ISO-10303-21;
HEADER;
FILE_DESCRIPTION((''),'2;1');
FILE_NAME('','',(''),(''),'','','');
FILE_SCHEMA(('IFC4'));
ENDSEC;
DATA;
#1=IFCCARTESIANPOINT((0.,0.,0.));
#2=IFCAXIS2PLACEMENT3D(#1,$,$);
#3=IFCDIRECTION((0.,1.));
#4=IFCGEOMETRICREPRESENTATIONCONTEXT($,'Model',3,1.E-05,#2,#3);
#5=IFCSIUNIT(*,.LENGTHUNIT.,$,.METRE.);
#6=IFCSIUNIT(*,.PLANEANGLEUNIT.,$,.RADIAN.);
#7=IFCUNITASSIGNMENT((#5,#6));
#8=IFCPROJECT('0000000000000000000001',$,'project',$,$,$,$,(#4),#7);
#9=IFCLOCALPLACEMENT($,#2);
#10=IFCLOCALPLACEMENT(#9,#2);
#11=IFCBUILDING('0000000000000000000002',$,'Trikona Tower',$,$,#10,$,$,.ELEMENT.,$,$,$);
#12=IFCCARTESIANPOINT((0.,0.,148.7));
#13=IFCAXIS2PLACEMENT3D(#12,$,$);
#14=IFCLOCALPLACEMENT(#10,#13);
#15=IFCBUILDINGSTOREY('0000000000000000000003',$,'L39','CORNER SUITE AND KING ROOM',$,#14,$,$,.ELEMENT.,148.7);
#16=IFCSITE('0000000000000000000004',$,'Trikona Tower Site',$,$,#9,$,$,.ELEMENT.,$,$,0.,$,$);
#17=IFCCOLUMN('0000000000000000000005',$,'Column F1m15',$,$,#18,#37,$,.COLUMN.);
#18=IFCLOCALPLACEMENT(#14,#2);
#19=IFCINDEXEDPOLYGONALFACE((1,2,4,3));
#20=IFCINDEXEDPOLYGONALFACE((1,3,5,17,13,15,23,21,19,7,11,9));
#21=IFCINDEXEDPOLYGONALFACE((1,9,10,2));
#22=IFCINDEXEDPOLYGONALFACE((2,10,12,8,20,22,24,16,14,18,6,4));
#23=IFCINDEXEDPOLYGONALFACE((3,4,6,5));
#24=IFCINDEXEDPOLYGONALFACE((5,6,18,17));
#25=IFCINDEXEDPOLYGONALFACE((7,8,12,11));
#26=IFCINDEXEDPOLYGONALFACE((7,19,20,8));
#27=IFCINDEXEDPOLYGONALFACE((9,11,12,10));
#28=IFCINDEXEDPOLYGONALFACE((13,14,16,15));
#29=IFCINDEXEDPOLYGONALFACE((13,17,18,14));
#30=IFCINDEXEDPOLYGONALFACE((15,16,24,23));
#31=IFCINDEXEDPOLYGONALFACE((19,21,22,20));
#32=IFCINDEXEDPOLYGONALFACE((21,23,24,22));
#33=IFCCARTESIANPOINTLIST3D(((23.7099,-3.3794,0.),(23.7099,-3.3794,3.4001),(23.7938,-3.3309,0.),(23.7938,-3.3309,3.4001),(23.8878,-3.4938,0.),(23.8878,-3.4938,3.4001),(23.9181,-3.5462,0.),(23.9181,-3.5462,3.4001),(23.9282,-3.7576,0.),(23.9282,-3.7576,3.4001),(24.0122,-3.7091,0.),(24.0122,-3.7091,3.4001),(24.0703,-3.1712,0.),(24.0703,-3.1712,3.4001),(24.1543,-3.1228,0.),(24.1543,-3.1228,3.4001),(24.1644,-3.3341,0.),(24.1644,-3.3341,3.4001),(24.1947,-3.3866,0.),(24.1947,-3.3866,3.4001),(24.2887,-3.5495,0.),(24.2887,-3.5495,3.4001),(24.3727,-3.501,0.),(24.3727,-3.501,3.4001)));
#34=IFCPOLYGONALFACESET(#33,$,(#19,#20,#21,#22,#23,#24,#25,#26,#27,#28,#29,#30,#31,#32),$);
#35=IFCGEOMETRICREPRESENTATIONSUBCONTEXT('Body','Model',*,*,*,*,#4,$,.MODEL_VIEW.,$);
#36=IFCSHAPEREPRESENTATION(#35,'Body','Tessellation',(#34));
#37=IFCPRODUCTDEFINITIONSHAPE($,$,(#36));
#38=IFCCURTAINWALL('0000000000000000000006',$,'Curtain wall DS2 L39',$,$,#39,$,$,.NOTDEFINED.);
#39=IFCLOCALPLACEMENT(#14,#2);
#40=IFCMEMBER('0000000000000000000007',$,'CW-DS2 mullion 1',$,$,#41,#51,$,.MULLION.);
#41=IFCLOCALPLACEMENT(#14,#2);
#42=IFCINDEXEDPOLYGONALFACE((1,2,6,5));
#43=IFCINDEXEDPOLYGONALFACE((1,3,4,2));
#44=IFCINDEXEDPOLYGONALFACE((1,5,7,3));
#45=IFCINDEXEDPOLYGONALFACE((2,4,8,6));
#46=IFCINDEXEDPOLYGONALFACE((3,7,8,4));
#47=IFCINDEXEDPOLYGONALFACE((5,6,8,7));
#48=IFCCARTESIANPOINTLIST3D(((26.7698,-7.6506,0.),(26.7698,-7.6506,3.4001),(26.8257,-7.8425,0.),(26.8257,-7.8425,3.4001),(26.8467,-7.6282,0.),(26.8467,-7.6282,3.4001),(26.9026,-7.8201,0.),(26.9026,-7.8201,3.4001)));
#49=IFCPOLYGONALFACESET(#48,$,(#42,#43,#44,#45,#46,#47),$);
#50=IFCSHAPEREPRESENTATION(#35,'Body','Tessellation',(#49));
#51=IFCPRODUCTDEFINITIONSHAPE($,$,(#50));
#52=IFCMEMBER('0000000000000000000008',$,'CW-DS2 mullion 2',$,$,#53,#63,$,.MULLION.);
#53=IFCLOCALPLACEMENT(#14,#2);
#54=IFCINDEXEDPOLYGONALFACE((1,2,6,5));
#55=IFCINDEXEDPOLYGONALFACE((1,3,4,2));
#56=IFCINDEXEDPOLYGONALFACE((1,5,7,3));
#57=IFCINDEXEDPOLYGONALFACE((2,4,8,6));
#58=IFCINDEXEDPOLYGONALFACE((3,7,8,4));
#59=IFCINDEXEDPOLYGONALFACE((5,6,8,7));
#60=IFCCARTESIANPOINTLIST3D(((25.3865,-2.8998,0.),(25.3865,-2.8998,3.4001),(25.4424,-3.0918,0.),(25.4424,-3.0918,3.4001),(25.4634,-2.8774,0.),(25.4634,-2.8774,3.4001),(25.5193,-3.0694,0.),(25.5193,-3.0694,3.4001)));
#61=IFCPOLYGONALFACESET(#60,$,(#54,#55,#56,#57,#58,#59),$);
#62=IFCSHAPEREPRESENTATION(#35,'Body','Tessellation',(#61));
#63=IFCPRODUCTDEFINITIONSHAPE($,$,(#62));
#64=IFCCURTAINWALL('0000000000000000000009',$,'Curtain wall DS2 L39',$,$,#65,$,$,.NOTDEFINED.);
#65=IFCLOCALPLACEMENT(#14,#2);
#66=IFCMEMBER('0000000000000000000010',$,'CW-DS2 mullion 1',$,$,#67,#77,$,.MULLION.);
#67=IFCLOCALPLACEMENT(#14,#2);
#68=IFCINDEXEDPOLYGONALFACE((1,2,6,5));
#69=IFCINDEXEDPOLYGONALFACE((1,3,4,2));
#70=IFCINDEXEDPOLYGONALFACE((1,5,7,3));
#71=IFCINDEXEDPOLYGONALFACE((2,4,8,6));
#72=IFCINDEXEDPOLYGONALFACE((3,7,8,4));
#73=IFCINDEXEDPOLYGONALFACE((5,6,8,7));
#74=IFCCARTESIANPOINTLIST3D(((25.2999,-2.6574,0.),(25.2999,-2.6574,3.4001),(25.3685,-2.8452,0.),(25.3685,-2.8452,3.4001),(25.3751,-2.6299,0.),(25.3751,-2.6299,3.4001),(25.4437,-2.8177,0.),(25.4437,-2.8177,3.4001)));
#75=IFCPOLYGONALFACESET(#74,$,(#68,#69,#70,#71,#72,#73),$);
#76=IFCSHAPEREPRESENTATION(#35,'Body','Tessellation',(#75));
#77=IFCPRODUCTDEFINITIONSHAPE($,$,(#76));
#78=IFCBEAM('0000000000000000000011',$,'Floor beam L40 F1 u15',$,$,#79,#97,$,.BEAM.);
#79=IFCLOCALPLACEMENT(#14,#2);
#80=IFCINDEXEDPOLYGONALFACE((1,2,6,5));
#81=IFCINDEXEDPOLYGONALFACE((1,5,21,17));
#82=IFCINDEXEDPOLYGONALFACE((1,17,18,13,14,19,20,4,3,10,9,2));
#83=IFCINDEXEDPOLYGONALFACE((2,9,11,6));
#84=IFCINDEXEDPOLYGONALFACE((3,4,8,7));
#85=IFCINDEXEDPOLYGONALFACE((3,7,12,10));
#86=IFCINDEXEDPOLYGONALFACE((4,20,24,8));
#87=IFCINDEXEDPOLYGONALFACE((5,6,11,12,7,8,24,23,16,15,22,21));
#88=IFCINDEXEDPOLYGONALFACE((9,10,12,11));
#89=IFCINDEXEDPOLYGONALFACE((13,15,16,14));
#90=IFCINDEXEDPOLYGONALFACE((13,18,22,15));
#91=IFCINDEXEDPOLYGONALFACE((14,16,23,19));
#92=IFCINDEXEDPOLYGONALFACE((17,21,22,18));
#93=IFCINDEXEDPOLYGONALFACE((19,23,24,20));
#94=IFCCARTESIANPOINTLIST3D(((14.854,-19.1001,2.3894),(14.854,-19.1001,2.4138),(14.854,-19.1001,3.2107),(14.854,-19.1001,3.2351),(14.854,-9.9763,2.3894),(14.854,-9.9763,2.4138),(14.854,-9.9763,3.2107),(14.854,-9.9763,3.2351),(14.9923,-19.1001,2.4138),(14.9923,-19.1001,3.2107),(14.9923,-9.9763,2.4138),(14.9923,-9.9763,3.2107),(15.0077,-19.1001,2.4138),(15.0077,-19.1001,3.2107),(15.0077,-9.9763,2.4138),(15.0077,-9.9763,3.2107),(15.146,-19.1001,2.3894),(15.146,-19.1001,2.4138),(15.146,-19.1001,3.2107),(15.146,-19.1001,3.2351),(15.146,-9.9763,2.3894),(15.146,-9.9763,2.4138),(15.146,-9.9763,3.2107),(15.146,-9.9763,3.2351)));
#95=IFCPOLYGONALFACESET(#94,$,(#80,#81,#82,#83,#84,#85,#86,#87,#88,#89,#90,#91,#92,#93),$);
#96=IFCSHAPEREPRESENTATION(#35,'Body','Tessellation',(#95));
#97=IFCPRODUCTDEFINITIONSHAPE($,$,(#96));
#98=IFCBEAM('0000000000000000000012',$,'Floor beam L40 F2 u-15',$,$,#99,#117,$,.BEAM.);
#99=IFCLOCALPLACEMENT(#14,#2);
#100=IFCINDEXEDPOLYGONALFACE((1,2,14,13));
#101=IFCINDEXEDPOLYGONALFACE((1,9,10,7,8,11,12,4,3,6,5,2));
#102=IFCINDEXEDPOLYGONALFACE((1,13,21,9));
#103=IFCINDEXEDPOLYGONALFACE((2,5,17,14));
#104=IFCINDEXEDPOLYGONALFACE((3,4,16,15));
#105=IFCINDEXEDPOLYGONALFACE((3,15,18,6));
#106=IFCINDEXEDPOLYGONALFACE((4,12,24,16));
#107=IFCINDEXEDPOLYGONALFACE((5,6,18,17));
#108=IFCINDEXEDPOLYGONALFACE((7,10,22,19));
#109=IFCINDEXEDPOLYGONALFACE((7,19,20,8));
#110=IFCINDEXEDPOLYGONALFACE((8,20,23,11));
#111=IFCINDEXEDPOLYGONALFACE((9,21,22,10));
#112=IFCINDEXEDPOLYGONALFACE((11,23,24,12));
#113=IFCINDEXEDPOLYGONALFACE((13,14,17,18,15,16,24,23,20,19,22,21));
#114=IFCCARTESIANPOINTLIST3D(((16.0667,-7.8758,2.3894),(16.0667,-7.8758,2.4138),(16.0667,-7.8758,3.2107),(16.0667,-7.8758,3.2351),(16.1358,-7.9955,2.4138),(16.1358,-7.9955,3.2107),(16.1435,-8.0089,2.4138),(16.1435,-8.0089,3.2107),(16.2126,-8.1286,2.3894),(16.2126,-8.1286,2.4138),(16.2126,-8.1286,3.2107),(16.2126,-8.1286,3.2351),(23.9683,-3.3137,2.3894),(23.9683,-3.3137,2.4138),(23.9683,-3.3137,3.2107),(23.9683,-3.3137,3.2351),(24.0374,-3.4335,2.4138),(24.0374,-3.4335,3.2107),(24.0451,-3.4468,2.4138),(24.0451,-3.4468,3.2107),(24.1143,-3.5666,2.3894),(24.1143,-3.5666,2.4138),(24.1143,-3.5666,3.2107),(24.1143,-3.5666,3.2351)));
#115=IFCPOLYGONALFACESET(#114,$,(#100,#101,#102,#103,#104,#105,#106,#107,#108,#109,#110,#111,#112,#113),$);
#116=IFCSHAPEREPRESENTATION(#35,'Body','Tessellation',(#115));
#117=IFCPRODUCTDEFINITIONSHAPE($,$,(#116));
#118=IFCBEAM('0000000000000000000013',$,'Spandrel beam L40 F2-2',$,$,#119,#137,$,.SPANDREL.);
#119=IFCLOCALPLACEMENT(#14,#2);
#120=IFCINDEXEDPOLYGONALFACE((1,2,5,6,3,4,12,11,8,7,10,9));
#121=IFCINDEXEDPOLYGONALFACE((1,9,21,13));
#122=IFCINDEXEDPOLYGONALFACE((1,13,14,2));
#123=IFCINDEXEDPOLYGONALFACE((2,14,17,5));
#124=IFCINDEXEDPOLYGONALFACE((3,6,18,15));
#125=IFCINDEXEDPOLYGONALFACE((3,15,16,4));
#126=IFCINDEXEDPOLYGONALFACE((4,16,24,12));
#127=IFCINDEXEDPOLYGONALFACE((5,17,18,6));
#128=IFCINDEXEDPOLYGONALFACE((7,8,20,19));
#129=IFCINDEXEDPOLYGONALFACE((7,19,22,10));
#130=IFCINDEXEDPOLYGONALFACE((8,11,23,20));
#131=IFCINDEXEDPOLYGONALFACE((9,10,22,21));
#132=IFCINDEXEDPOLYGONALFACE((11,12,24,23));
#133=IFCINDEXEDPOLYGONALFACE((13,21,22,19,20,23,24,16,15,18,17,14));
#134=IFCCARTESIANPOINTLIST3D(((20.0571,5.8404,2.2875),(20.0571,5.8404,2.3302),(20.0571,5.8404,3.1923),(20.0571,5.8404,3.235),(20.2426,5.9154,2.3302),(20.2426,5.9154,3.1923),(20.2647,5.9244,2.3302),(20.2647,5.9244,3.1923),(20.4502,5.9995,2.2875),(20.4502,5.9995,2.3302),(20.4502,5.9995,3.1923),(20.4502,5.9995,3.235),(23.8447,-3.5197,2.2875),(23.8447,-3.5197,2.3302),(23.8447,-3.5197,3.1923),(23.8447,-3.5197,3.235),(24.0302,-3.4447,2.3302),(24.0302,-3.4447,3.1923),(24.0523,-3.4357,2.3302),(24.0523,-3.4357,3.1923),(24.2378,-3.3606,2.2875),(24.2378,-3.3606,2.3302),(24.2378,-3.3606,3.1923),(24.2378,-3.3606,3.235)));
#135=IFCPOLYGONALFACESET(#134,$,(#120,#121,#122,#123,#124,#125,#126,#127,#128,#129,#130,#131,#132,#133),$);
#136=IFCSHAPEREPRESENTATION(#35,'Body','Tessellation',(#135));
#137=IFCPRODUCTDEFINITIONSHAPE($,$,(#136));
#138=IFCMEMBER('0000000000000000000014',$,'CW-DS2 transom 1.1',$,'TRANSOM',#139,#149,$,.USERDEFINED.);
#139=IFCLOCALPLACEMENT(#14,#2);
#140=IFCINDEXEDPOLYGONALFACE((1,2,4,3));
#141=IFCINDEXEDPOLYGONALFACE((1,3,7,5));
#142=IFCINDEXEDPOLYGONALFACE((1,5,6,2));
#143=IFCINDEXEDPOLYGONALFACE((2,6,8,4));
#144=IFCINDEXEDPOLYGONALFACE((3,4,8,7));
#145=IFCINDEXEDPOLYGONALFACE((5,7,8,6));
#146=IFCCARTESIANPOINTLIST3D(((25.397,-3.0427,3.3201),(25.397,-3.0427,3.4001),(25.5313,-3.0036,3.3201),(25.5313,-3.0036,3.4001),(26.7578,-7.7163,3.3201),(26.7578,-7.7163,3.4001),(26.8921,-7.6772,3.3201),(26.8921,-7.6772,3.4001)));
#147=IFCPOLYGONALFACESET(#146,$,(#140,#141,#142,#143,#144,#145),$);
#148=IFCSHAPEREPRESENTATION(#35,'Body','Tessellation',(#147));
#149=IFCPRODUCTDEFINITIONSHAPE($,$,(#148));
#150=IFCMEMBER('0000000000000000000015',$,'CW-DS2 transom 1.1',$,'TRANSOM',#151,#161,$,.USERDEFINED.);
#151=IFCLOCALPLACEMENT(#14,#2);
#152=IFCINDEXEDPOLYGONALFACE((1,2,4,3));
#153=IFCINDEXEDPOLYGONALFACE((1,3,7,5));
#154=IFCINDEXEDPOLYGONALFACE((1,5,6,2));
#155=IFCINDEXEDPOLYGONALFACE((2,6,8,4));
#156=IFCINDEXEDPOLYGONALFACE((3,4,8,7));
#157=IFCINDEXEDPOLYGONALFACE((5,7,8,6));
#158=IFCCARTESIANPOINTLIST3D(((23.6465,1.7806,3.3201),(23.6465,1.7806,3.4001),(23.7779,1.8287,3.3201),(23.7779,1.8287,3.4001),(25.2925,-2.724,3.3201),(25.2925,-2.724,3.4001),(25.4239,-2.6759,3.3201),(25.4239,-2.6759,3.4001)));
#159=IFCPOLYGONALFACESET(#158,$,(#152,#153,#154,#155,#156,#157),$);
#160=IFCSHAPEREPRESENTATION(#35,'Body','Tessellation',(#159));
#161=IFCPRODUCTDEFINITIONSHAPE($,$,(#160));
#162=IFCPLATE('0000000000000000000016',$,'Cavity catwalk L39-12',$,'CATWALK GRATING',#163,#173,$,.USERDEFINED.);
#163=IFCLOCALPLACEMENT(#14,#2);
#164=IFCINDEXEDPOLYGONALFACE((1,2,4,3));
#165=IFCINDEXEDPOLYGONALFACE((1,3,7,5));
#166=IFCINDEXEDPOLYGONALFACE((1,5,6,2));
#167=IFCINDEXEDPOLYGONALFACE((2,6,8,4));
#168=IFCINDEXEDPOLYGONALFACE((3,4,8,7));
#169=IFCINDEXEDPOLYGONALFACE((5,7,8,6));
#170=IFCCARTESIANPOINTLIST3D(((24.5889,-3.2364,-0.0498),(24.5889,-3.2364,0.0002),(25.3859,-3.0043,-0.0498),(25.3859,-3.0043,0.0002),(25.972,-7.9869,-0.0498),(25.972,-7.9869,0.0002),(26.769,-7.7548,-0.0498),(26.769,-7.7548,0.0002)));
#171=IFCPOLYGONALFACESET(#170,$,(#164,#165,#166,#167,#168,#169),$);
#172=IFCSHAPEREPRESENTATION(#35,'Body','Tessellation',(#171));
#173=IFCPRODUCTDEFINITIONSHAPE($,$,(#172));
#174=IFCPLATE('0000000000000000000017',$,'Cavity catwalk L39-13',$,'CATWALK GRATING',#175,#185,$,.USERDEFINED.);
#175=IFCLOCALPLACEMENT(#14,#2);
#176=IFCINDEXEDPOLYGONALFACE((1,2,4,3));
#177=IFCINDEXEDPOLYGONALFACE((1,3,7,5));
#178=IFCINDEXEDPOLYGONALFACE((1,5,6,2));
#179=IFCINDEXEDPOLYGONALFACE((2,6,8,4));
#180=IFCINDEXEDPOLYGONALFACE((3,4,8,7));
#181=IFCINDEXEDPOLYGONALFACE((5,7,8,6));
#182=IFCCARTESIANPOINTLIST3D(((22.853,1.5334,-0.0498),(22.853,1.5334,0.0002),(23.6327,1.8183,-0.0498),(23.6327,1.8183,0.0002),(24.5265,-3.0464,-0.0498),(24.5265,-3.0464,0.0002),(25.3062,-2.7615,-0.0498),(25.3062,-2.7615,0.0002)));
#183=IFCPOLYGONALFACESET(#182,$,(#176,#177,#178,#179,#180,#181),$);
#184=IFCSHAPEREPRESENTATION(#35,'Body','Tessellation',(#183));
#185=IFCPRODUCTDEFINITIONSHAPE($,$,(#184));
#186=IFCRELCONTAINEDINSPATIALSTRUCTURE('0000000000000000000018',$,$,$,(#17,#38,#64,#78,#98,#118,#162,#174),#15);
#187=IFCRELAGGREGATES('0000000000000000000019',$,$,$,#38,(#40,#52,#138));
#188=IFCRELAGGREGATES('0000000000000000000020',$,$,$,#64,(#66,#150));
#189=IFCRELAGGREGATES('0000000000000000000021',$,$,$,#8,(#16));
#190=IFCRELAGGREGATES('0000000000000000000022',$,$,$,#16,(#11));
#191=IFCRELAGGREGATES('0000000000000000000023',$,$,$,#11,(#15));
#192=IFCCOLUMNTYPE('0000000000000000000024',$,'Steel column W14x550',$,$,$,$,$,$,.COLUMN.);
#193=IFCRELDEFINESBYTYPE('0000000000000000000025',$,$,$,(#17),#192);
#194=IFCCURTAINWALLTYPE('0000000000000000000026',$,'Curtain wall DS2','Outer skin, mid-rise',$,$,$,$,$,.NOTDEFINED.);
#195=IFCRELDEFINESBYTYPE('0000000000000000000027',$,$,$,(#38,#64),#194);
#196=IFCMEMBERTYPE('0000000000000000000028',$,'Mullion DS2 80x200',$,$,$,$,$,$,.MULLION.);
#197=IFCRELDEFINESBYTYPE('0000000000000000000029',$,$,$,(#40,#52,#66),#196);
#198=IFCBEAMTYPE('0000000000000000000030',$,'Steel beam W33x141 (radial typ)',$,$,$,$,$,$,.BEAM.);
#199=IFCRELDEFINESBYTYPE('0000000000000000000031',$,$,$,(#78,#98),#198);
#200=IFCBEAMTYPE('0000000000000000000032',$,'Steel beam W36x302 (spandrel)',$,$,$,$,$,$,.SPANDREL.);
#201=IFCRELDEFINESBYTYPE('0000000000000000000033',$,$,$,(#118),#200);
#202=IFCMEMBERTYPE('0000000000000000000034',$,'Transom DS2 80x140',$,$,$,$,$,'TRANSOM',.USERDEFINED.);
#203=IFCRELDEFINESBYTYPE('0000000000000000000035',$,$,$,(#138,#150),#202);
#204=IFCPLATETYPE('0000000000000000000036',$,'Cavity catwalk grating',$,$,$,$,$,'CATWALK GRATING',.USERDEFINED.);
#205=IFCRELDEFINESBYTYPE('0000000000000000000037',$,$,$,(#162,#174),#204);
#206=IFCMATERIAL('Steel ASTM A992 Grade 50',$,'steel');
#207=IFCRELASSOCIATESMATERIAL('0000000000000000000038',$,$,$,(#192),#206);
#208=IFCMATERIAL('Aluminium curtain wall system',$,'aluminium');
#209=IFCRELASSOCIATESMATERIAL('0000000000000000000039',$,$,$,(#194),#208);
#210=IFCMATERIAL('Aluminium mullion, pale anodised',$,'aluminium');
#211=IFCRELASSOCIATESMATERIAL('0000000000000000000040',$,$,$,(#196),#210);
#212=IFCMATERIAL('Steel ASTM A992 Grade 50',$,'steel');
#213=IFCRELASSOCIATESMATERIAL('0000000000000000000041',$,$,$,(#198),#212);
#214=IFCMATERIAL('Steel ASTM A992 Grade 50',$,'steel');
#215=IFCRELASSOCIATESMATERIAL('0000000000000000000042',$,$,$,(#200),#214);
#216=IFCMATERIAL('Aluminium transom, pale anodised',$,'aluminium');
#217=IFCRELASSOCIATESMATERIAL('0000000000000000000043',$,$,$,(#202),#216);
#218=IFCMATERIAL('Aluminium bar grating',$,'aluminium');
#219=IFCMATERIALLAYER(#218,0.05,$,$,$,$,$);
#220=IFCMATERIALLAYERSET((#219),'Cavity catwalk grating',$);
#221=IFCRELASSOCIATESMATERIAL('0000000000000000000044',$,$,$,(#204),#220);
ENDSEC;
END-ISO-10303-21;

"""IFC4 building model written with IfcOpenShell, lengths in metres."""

from ifc_helpers import new_model, si_unit, direction, frame, origin, origin_2d, place, context, subcontext, project, spatial, rectangle, i_section, extrude, material, layer, layer_set, material_profile, profile_set, type_object, element, aggregate, save


model = new_model("IFC4")

# Units and contexts
model_context = context("Model", 3, precision=1e-05, world=origin(), true_north=direction((0.0, 1.0)))
body_context = subcontext(model_context, "Body", "Model", "MODEL_VIEW")
ifc_project = project(units=[si_unit("LENGTHUNIT", "METRE"), si_unit("PLANEANGLEUNIT", "RADIAN")], contexts=[model_context])

# Site, building, storey
site_placement = place(None, origin())
site = spatial("IfcSite", under=ifc_project, at=site_placement, Name="Trikona Tower Site", CompositionType="ELEMENT", RefElevation=0.0)
building_placement = place(site_placement, origin())
building = spatial("IfcBuilding", under=site, at=building_placement, Name="Trikona Tower", CompositionType="ELEMENT")
storey_placement = place(building_placement, frame((0.0, 0.0, 148.7)))
storey = spatial("IfcBuildingStorey", under=building, at=storey_placement, Name="L39", Description="CORNER SUITE AND KING ROOM", CompositionType="ELEMENT", Elevation=148.7)

# Column
ifc_material_1 = material(Name="Steel ASTM A992 Grade 50", Category="steel")
ifc_material_profile_1 = material_profile(ifc_material_1, i_section(OverallWidth=0.4368, OverallDepth=0.5132, WebThickness=0.0605, FlangeThickness=0.0969, at=origin_2d()), Name="W14X550")
ifc_profile_set_1 = profile_set([ifc_material_profile_1], Name="Steel ASTM A992 Grade 50")
column_type = type_object("IfcColumnType", Name="Steel column W14x550", PredefinedType="COLUMN", material=ifc_profile_set_1)
column_placement = place(storey_placement, frame((24.0413, -3.4402, 0.0), z_axis=(0.0, 0.0, 1.0), x_axis=(-0.5, 0.866025, 0.0)))
element("IfcColumn", 1, at=column_placement, inside=storey, type_object=column_type, Name="Column F1m15", PredefinedType="COLUMN", context=body_context, shape_type="SweptSolid", body=[
    extrude(i_section(OverallWidth=0.4368, OverallDepth=0.5132, WebThickness=0.0605, FlangeThickness=0.0969, at=origin_2d()), origin(), (0.0, 0.0, 1.0), 3.4001),
])

# Curtain wall, members
ifc_material_2 = material(Name="Aluminium curtain wall system", Category="aluminium")
curtain_wall_type = type_object("IfcCurtainWallType", Name="Curtain wall DS2", Description="Outer skin, mid-rise", PredefinedType="NOTDEFINED", material=ifc_material_2)
curtain_wall_1_placement = place(storey_placement, origin())
curtain_wall_1 = element("IfcCurtainWall", 2, at=curtain_wall_1_placement, inside=storey, type_object=curtain_wall_type, Name="Curtain wall DS2 L39", PredefinedType="NOTDEFINED")
ifc_material_3 = material(Name="Aluminium mullion, pale anodised", Category="aluminium")
ifc_material_profile_2 = material_profile(ifc_material_3, rectangle(XDim=0.0801, YDim=0.2, at=origin_2d()), Name="MUL-DS2")
ifc_profile_set_2 = profile_set([ifc_material_profile_2], Name="Aluminium mullion, pale anodised")
member_type_1 = type_object("IfcMemberType", Name="Mullion DS2 80x200", PredefinedType="MULLION", material=ifc_profile_set_2)
member_1_placement = place(storey_placement, frame((26.8362, -7.7354, 0.0), z_axis=(0.0, 0.0, 1.0), x_axis=(-0.960133, -0.279543, 0.0)))
member_1 = element("IfcMember", 3, at=member_1_placement, type_object=member_type_1, Name="CW-DS2 mullion 1", PredefinedType="MULLION", context=body_context, shape_type="SweptSolid", body=[
    extrude(rectangle(XDim=0.0801, YDim=0.2, at=origin_2d()), origin(), (0.0, 0.0, 1.0), 3.4001),
])
member_2_placement = place(storey_placement, frame((25.4529, -2.9846, 0.0), z_axis=(0.0, 0.0, 1.0), x_axis=(-0.960133, -0.279543, 0.0)))
member_2 = element("IfcMember", 4, at=member_2_placement, type_object=member_type_1, Name="CW-DS2 mullion 2", PredefinedType="MULLION", context=body_context, shape_type="SweptSolid", body=[
    extrude(rectangle(XDim=0.0801, YDim=0.2, at=origin_2d()), origin(), (0.0, 0.0, 1.0), 3.4001),
])

# Curtain wall, member
curtain_wall_2_placement = place(storey_placement, origin())
curtain_wall_2 = element("IfcCurtainWall", 5, at=curtain_wall_2_placement, inside=storey, type_object=curtain_wall_type, Name="Curtain wall DS2 L39", PredefinedType="NOTDEFINED")
member_3_placement = place(storey_placement, frame((25.3718, -2.7375, 0.0), z_axis=(0.0, 0.0, 1.0), x_axis=(-0.939254, -0.343223, 0.0)))
member_3 = element("IfcMember", 6, at=member_3_placement, type_object=member_type_1, Name="CW-DS2 mullion 1", PredefinedType="MULLION", context=body_context, shape_type="SweptSolid", body=[
    extrude(rectangle(XDim=0.0801, YDim=0.2, at=origin_2d()), origin(), (0.0, 0.0, 1.0), 3.4001),
])

# Beams
ifc_material_4 = material(Name="Steel ASTM A992 Grade 50", Category="steel")
ifc_material_profile_3 = material_profile(ifc_material_4, i_section(OverallWidth=0.292, OverallDepth=0.8457, WebThickness=0.0154, FlangeThickness=0.0244, at=origin_2d()), Name="W33X141")
ifc_profile_set_3 = profile_set([ifc_material_profile_3], Name="Steel ASTM A992 Grade 50")
beam_type_1 = type_object("IfcBeamType", Name="Steel beam W33x141 (radial typ)", PredefinedType="BEAM", material=ifc_profile_set_3)
beam_1_placement = place(storey_placement, frame((15.0, -9.9763, 2.8123), z_axis=(0.0, -1.0, 0.0), x_axis=(1.0, 0.0, 0.0)))
element("IfcBeam", 7, at=beam_1_placement, inside=storey, type_object=beam_type_1, Name="Floor beam L40 F1 u15", PredefinedType="BEAM", context=body_context, shape_type="SweptSolid", body=[
    extrude(i_section(OverallWidth=0.292, OverallDepth=0.8457, WebThickness=0.0154, FlangeThickness=0.0244, at=origin_2d()), origin(), (0.0, 0.0, 1.0), 9.1238),
])
beam_2_placement = place(storey_placement, frame((16.1396, -8.0022, 2.8123), z_axis=(0.866025, 0.500001, 0.0), x_axis=(-0.500001, 0.866025, 0.0)))
element("IfcBeam", 8, at=beam_2_placement, inside=storey, type_object=beam_type_1, Name="Floor beam L40 F2 u-15", PredefinedType="BEAM", context=body_context, shape_type="SweptSolid", body=[
    extrude(i_section(OverallWidth=0.292, OverallDepth=0.8457, WebThickness=0.0154, FlangeThickness=0.0244, at=origin_2d()), origin(), (0.0, 0.0, 1.0), 9.124),
])
ifc_material_5 = material(Name="Steel ASTM A992 Grade 50", Category="steel")
ifc_material_profile_4 = material_profile(ifc_material_5, i_section(OverallWidth=0.4241, OverallDepth=0.9475, WebThickness=0.0239, FlangeThickness=0.0427, at=origin_2d()), Name="W36X302")
ifc_profile_set_4 = profile_set([ifc_material_profile_4], Name="Steel ASTM A992 Grade 50")
beam_type_2 = type_object("IfcBeamType", Name="Steel beam W36x302 (spandrel)", PredefinedType="SPANDREL", material=ifc_profile_set_4)
beam_3_placement = place(storey_placement, frame((24.0413, -3.4402, 2.7612), z_axis=(-0.375106, 0.926982, 0.0), x_axis=(-0.926982, -0.375106, 0.0)))
element("IfcBeam", 9, at=beam_3_placement, inside=storey, type_object=beam_type_2, Name="Spandrel beam L40 F2-2", PredefinedType="SPANDREL", context=body_context, shape_type="SweptSolid", body=[
    extrude(i_section(OverallWidth=0.4241, OverallDepth=0.9475, WebThickness=0.0239, FlangeThickness=0.0427, at=origin_2d()), origin(), (0.0, 0.0, 1.0), 10.0974),
])

# Members
ifc_material_6 = material(Name="Aluminium transom, pale anodised", Category="aluminium")
ifc_material_profile_5 = material_profile(ifc_material_6, rectangle(XDim=0.1399, YDim=0.0801, at=origin_2d()), Name="TRN-DS2")
ifc_profile_set_5 = profile_set([ifc_material_profile_5], Name="Aluminium transom, pale anodised")
member_type_2 = type_object("IfcMemberType", Name="Transom DS2 80x140", ElementType="TRANSOM", PredefinedType="USERDEFINED", material=ifc_profile_set_5)
member_4_placement = place(storey_placement, frame((26.825, -7.6968, 3.3601), z_axis=(-0.279567, 0.960126, 0.0), x_axis=(-0.960126, -0.279567, 0.0)))
member_4 = element("IfcMember", 10, at=member_4_placement, type_object=member_type_2, Name="CW-DS2 transom 1.1", ObjectType="TRANSOM", PredefinedType="USERDEFINED", context=body_context, shape_type="SweptSolid", body=[
    extrude(rectangle(XDim=0.1399, YDim=0.0801, at=origin_2d()), origin(), (0.0, 0.0, 1.0), 4.8677),
])
member_5_placement = place(storey_placement, frame((25.3582, -2.7, 3.3601), z_axis=(-0.343206, 0.93926, 0.0), x_axis=(-0.93926, -0.343206, 0.0)))
member_5 = element("IfcMember", 11, at=member_5_placement, type_object=member_type_2, Name="CW-DS2 transom 1.1", ObjectType="TRANSOM", PredefinedType="USERDEFINED", context=body_context, shape_type="SweptSolid", body=[
    extrude(rectangle(XDim=0.1399, YDim=0.0801, at=origin_2d()), origin(), (0.0, 0.0, 1.0), 4.7959),
])

# Plates
ifc_material_7 = material(Name="Aluminium bar grating", Category="aluminium")
ifc_layer_1 = layer(ifc_material_7, 0.05)
ifc_layer_set_1 = layer_set([ifc_layer_1], Name="Cavity catwalk grating")
plate_type_1 = type_object("IfcPlateType", Name="Cavity catwalk grating", ElementType="CATWALK GRATING", PredefinedType="USERDEFINED", material=ifc_layer_set_1)
plate_1_placement = place(storey_placement, frame((25.679, -5.4956, -0.0498), z_axis=(0.0, 0.0, 1.0), x_axis=(-0.279554, 0.96013, 0.0)))
element("IfcPlate", 12, at=plate_1_placement, inside=storey, type_object=plate_type_1, Name="Cavity catwalk L39-12", ObjectType="CATWALK GRATING", PredefinedType="USERDEFINED", context=body_context, shape_type="SweptSolid", body=[
    extrude(rectangle(XDim=4.9478, YDim=0.8301, at=origin_2d()), origin(), (0.0, 0.0, 1.0), 0.05),
])
plate_2_placement = place(storey_placement, frame((24.0796, -0.614, -0.0498), z_axis=(0.0, 0.0, 1.0), x_axis=(-0.34322, 0.939255, 0.0)))
element("IfcPlate", 13, at=plate_2_placement, inside=storey, type_object=plate_type_1, Name="Cavity catwalk L39-13", ObjectType="CATWALK GRATING", PredefinedType="USERDEFINED", context=body_context, shape_type="SweptSolid", body=[
    extrude(rectangle(XDim=4.876, YDim=0.8301, at=origin_2d()), origin(), (0.0, 0.0, 1.0), 0.05),
])

aggregate(curtain_wall_1, [member_1, member_2, member_4])
aggregate(curtain_wall_2, [member_3, member_5])

save(model, "model.ifc")
